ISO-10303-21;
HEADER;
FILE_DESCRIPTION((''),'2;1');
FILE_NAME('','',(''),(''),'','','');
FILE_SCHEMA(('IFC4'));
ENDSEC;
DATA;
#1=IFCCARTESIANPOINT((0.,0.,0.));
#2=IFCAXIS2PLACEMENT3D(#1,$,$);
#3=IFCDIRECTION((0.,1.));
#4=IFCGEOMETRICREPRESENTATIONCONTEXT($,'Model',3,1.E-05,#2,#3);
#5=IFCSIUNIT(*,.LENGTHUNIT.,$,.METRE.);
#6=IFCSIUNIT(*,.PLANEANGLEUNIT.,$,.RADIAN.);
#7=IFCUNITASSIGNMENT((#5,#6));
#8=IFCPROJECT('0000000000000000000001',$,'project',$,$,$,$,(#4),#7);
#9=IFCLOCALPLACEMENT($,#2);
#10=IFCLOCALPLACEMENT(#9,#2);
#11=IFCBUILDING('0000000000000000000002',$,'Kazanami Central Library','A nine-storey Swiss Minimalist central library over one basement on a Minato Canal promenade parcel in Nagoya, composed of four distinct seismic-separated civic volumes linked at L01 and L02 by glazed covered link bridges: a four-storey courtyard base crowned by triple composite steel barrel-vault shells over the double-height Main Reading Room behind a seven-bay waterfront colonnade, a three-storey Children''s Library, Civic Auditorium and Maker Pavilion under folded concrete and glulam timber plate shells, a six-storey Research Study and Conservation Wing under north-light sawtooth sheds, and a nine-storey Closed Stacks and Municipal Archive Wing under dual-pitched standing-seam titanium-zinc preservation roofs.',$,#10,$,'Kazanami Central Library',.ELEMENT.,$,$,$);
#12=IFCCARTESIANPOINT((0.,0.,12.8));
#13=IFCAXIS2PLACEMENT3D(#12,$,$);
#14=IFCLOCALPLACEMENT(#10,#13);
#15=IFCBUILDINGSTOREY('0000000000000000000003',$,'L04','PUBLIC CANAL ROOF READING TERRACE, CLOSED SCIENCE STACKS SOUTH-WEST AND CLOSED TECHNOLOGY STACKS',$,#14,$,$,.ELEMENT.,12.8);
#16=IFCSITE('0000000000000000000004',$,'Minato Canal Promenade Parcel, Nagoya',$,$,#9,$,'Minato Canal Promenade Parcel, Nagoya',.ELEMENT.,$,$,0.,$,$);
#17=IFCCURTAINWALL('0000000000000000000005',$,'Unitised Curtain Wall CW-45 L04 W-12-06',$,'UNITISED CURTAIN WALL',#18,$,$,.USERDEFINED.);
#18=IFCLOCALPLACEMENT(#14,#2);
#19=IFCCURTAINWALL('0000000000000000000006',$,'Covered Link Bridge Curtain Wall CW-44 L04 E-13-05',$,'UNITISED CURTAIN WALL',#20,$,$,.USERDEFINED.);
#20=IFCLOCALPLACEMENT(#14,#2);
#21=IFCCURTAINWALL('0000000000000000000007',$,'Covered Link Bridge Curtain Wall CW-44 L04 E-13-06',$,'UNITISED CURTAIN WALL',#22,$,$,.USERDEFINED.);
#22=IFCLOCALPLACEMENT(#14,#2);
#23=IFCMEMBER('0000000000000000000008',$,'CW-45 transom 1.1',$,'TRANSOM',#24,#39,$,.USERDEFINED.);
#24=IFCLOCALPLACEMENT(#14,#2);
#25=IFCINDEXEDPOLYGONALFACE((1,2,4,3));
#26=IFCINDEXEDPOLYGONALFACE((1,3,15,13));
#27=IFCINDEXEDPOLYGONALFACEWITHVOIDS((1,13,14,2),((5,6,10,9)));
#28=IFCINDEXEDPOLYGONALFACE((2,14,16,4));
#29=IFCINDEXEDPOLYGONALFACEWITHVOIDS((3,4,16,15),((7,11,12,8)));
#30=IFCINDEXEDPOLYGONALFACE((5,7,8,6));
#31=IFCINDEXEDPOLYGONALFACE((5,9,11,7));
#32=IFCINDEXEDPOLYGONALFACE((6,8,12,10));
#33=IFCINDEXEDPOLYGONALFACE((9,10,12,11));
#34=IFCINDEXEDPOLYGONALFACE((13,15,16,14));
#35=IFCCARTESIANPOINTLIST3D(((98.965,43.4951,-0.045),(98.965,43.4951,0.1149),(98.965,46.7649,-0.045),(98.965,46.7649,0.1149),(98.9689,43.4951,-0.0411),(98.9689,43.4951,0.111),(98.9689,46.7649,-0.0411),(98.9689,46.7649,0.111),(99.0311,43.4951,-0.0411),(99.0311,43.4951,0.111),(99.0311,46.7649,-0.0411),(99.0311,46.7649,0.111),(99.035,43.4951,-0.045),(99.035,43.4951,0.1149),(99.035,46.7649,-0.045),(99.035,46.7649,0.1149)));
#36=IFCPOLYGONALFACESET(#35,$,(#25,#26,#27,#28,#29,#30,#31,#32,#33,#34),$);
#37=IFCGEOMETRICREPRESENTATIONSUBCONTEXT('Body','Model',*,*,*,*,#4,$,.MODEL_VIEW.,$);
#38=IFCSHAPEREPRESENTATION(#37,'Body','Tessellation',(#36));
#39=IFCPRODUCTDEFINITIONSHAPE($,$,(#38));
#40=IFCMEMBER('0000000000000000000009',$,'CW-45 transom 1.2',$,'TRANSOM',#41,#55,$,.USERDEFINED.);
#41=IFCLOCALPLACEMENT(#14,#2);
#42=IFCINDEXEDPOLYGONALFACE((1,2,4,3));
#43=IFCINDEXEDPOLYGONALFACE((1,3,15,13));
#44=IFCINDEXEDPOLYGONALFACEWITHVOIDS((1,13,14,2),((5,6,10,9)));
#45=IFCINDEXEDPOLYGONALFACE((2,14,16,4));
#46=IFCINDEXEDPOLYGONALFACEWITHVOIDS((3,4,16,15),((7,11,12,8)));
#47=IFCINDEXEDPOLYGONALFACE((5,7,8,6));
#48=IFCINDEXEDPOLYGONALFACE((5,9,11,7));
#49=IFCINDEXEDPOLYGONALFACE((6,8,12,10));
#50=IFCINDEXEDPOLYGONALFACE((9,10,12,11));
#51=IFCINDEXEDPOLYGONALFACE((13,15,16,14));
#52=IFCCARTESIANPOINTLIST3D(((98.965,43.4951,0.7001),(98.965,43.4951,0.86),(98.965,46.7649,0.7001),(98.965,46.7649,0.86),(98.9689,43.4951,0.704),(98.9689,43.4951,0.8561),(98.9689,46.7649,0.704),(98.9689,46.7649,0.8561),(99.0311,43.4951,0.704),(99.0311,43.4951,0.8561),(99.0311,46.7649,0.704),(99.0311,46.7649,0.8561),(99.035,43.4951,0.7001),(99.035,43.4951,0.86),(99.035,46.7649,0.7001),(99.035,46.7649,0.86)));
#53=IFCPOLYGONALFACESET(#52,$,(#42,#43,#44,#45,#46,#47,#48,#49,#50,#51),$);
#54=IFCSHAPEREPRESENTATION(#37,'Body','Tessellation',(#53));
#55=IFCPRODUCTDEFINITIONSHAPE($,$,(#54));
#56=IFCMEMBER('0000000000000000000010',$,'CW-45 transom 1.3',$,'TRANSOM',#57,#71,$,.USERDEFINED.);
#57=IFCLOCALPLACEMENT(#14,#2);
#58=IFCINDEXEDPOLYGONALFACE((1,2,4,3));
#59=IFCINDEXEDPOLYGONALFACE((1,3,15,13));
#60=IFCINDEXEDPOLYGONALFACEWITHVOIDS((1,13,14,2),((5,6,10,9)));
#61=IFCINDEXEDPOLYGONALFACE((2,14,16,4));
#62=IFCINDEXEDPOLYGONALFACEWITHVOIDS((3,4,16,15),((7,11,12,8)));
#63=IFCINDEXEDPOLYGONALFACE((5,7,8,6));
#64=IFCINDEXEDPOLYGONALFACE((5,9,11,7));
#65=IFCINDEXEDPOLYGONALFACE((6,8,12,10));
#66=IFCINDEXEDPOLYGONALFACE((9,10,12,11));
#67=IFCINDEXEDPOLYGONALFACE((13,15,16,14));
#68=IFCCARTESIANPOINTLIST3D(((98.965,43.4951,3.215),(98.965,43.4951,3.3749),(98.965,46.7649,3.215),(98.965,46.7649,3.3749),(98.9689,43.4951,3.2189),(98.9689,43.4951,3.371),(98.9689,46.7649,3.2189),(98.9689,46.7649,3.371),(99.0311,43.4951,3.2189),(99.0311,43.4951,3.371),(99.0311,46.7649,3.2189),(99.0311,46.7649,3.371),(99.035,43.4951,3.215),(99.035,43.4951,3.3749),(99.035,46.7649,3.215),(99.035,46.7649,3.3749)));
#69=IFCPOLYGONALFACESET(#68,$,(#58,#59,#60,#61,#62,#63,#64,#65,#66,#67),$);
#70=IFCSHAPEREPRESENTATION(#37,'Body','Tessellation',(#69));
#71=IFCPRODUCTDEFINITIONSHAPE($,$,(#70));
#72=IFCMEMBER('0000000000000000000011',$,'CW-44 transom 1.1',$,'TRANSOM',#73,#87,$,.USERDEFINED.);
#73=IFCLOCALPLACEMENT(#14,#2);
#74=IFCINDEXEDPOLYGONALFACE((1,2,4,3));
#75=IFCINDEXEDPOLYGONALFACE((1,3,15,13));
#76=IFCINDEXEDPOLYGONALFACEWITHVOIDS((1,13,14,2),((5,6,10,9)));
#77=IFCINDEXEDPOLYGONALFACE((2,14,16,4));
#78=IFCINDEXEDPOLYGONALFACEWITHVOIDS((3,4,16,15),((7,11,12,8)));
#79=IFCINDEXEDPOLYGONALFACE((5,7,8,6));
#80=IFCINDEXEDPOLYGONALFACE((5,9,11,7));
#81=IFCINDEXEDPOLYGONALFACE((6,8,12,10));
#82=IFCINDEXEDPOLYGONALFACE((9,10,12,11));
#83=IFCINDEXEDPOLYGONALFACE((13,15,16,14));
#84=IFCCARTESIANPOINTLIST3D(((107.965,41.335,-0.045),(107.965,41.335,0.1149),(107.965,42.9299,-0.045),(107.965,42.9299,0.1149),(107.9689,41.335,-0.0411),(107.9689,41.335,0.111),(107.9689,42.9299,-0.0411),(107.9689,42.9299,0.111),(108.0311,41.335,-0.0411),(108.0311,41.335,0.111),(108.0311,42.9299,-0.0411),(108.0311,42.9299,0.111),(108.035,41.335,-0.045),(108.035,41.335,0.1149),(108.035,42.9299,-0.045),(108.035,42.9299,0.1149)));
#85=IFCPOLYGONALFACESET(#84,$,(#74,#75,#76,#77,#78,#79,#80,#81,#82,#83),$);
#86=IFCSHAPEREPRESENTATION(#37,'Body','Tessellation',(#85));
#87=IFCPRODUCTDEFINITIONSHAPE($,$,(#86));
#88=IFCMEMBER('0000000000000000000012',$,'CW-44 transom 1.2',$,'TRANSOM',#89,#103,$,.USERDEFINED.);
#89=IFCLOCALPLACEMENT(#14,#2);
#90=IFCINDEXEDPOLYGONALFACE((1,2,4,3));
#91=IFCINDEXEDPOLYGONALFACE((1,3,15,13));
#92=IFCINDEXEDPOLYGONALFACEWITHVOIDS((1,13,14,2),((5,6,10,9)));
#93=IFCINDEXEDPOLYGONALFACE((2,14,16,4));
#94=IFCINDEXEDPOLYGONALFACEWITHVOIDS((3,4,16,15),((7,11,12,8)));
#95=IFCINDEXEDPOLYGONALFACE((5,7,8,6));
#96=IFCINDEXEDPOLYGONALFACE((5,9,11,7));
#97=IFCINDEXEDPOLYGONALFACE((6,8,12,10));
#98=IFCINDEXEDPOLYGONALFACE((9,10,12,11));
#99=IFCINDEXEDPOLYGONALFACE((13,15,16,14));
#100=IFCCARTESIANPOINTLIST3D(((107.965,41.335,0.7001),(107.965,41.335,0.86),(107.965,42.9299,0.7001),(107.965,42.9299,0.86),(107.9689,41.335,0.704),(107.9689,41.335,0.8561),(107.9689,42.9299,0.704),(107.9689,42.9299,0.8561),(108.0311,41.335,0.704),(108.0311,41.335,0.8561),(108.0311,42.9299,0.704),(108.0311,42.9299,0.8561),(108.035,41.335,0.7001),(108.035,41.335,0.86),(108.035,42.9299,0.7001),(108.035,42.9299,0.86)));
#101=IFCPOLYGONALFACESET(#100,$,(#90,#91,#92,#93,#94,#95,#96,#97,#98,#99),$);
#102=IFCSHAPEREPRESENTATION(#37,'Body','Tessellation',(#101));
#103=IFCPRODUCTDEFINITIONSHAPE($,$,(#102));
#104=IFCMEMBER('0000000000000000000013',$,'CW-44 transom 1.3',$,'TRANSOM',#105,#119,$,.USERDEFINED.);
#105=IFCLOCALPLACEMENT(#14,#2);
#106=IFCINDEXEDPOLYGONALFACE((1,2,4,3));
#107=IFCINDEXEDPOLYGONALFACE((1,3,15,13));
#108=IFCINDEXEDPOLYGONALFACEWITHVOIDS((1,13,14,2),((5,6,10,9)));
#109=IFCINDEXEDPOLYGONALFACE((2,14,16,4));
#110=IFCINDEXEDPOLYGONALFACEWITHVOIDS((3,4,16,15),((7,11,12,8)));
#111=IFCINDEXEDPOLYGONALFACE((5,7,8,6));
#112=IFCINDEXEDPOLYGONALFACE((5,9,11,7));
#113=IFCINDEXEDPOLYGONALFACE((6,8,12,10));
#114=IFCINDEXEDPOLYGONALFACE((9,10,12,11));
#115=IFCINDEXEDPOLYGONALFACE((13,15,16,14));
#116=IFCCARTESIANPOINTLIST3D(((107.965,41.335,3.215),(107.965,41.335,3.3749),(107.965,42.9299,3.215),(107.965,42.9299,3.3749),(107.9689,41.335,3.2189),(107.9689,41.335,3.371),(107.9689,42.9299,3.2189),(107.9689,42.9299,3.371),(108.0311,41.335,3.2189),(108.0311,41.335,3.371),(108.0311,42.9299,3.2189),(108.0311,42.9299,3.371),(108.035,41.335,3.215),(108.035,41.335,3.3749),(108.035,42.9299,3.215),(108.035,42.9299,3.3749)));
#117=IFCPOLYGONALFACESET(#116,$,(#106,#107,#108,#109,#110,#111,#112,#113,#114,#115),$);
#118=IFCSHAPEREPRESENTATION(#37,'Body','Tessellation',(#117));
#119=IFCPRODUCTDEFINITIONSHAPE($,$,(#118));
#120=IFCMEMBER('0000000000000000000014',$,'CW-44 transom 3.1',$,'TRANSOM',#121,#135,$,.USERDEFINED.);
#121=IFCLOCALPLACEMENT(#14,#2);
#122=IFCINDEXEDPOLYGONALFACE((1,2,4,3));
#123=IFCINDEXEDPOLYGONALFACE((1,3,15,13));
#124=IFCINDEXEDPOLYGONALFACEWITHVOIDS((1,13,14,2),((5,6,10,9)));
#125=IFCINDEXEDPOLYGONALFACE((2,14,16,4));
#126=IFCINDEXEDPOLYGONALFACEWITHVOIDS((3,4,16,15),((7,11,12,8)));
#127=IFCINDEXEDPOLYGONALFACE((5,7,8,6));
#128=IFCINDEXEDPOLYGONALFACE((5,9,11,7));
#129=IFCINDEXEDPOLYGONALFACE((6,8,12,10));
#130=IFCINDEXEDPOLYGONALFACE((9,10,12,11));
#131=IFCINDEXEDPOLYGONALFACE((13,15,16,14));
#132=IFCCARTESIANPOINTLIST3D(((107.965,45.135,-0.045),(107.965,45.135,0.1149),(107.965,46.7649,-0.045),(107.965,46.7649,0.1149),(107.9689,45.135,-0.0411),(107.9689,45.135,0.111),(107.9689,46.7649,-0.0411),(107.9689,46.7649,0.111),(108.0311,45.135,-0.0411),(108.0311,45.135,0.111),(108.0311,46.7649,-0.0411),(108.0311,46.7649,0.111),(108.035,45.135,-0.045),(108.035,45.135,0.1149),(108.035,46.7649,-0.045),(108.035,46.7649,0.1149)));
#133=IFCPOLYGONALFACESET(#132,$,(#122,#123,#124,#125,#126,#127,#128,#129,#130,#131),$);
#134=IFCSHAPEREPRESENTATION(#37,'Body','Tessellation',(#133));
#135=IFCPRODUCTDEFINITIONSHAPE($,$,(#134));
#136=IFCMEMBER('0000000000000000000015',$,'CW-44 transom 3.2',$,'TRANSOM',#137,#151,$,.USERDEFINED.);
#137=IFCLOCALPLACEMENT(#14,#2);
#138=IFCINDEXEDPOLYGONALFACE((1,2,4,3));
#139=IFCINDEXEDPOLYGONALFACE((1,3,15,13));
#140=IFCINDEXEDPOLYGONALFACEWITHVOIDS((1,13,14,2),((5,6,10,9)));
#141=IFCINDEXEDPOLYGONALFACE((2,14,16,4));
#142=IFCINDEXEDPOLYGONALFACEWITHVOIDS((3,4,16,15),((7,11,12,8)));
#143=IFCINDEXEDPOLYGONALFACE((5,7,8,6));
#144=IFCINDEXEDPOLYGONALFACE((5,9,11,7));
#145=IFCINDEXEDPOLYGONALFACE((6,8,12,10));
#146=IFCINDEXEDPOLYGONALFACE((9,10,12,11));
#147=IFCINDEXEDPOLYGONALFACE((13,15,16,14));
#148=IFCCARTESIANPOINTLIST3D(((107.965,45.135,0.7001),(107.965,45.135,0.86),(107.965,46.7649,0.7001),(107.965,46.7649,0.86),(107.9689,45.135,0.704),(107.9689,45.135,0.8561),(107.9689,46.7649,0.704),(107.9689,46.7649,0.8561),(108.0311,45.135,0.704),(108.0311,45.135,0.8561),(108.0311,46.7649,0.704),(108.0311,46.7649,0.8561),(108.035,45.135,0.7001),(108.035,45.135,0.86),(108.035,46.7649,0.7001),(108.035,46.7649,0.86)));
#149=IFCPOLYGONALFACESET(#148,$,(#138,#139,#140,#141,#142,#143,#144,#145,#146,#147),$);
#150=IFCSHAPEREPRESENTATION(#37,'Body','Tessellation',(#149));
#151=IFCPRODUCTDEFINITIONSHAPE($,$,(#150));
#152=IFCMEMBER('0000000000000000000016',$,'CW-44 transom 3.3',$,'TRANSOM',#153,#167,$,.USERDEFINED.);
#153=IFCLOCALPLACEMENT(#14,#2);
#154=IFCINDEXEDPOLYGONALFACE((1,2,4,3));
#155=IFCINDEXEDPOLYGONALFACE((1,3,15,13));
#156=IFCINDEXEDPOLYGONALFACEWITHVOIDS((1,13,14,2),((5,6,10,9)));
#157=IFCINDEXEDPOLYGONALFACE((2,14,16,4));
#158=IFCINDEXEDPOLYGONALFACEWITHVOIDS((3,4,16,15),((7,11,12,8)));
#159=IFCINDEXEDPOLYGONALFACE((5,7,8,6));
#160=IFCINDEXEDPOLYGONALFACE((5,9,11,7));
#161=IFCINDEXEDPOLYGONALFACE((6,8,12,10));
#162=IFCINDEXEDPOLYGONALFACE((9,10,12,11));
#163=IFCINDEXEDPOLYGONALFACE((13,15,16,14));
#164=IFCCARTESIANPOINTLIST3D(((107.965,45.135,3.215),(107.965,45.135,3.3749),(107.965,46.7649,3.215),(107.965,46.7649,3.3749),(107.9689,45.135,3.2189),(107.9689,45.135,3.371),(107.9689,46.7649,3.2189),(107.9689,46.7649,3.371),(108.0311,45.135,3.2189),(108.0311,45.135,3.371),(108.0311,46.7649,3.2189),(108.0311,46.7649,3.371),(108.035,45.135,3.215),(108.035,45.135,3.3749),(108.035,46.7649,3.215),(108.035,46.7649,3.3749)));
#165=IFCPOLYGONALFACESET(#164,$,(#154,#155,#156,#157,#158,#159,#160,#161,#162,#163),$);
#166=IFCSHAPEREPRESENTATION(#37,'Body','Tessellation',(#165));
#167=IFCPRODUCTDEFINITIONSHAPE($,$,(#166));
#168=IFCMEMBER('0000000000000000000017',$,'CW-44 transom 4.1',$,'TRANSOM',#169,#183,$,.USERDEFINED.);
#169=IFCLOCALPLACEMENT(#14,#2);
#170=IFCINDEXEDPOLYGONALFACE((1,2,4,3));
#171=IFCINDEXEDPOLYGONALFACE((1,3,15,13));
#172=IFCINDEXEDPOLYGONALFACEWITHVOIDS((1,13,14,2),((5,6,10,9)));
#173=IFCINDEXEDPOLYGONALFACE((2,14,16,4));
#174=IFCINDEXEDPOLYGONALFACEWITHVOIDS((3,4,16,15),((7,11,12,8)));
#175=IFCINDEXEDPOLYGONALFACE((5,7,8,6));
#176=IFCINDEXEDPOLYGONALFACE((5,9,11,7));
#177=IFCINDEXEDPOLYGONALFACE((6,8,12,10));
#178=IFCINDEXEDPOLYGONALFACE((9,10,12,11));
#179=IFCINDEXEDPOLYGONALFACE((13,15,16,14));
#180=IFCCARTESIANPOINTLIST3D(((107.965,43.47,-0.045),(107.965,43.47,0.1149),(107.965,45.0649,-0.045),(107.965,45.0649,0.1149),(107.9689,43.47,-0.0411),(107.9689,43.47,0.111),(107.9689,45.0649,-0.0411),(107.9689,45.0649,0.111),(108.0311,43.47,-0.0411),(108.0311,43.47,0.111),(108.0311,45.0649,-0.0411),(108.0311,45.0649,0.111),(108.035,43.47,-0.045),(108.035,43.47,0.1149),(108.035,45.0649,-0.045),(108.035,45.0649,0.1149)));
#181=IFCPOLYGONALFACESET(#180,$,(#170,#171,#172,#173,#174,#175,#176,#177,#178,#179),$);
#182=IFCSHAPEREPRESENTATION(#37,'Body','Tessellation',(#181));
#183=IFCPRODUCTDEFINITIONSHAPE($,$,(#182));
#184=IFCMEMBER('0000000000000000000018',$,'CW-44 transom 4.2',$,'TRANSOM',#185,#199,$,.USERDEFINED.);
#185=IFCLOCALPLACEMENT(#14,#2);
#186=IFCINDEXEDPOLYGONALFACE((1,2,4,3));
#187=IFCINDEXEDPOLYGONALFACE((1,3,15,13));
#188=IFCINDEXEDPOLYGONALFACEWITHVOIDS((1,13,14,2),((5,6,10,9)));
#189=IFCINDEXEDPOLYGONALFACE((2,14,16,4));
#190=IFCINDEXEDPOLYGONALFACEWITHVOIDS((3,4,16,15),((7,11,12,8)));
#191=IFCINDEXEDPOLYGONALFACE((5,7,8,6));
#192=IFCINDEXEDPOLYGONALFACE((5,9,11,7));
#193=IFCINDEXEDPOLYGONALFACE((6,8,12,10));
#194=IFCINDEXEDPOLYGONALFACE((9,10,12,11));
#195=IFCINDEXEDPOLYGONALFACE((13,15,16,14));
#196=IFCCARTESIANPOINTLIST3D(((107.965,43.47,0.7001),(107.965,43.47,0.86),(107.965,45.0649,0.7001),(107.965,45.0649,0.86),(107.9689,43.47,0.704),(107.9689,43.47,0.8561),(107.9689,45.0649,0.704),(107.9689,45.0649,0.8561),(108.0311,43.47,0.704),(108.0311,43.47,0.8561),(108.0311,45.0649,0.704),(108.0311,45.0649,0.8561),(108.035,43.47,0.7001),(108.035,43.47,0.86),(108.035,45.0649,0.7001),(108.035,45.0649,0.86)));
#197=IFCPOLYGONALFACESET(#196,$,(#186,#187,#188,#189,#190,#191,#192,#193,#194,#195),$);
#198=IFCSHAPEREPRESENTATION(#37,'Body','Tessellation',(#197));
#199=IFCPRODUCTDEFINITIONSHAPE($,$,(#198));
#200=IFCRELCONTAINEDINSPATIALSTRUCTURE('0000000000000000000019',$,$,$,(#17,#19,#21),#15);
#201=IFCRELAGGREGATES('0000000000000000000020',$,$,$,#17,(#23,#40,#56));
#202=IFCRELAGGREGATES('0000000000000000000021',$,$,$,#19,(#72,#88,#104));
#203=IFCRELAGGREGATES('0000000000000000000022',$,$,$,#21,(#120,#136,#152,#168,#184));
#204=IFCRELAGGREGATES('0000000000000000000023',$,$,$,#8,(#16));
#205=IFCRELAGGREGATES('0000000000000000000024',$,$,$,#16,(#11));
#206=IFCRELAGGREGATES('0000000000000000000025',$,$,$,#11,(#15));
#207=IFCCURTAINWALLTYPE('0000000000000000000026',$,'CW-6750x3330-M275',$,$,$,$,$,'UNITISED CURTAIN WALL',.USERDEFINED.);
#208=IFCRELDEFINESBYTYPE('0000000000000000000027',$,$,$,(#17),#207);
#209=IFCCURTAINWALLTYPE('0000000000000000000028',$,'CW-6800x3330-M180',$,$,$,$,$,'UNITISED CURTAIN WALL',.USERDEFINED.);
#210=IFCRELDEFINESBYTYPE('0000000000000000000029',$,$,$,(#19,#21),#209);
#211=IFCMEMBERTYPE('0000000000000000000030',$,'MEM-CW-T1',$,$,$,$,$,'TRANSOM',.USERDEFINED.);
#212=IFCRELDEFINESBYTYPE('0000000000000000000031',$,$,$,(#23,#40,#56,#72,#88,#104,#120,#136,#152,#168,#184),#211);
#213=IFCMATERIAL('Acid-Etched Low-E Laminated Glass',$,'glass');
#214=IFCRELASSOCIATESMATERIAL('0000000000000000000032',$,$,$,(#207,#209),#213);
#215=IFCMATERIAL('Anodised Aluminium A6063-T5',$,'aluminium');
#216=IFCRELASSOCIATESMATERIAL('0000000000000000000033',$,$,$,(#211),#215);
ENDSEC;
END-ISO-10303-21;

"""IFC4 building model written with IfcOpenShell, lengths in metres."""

from ifc_helpers import new_model, si_unit, direction, frame, origin, origin_2d, place, context, subcontext, project, spatial, hollow_rectangle, extrude, material, material_profile, profile_set, type_object, element, aggregate, save


model = new_model("IFC4")

# Units and contexts
model_context = context("Model", 3, precision=1e-05, world=origin(), true_north=direction((0.0, 1.0)))
body_context = subcontext(model_context, "Body", "Model", "MODEL_VIEW")
ifc_project = project(units=[si_unit("LENGTHUNIT", "METRE"), si_unit("PLANEANGLEUNIT", "RADIAN")], contexts=[model_context])

# Site, building, storey
site_placement = place(None, origin())
site = spatial("IfcSite", under=ifc_project, at=site_placement, Name="Minato Canal Promenade Parcel, Nagoya", LongName="Minato Canal Promenade Parcel, Nagoya", CompositionType="ELEMENT", RefElevation=0.0)
building_placement = place(site_placement, origin())
building = spatial("IfcBuilding", under=site, at=building_placement, Name="Kazanami Central Library", Description="A nine-storey Swiss Minimalist central library over one basement on a Minato Canal promenade parcel in Nagoya, composed of four distinct seismic-separated civic volumes linked at L01 and L02 by glazed covered link bridges: a four-storey courtyard base crowned by triple composite steel barrel-vault shells over the double-height Main Reading Room behind a seven-bay waterfront colonnade, a three-storey Children's Library, Civic Auditorium and Maker Pavilion under folded concrete and glulam timber plate shells, a six-storey Research Study and Conservation Wing under north-light sawtooth sheds, and a nine-storey Closed Stacks and Municipal Archive Wing under dual-pitched standing-seam titanium-zinc preservation roofs.", LongName="Kazanami Central Library", CompositionType="ELEMENT")
storey_placement = place(building_placement, frame((0.0, 0.0, 12.8)))
storey = spatial("IfcBuildingStorey", under=building, at=storey_placement, Name="L04", Description="PUBLIC CANAL ROOF READING TERRACE, CLOSED SCIENCE STACKS SOUTH-WEST AND CLOSED TECHNOLOGY STACKS", CompositionType="ELEMENT", Elevation=12.8)

# Curtain walls
ifc_material_1 = material(Name="Acid-Etched Low-E Laminated Glass", Category="glass")
curtain_wall_type_1 = type_object("IfcCurtainWallType", Name="CW-6750x3330-M275", ElementType="UNITISED CURTAIN WALL", PredefinedType="USERDEFINED", material=ifc_material_1)
curtain_wall_1_placement = place(storey_placement, origin())
curtain_wall_1 = element("IfcCurtainWall", 1, at=curtain_wall_1_placement, inside=storey, type_object=curtain_wall_type_1, Name="Unitised Curtain Wall CW-45 L04 W-12-06", ObjectType="UNITISED CURTAIN WALL", PredefinedType="USERDEFINED")
ifc_material_2 = material(Name="Anodised Aluminium A6063-T5", Category="aluminium")
curtain_wall_type_2 = type_object("IfcCurtainWallType", Name="CW-6800x3330-M180", ElementType="UNITISED CURTAIN WALL", PredefinedType="USERDEFINED", material=ifc_material_1)
curtain_wall_2_placement = place(storey_placement, origin())
curtain_wall_2 = element("IfcCurtainWall", 2, at=curtain_wall_2_placement, inside=storey, type_object=curtain_wall_type_2, Name="Covered Link Bridge Curtain Wall CW-44 L04 E-13-05", ObjectType="UNITISED CURTAIN WALL", PredefinedType="USERDEFINED")

# Curtain wall
curtain_wall_3_placement = place(storey_placement, origin())
curtain_wall_3 = element("IfcCurtainWall", 3, at=curtain_wall_3_placement, inside=storey, type_object=curtain_wall_type_2, Name="Covered Link Bridge Curtain Wall CW-44 L04 E-13-06", ObjectType="UNITISED CURTAIN WALL", PredefinedType="USERDEFINED")

# Members
ifc_material_profile_1 = material_profile(ifc_material_2, hollow_rectangle(XDim=0.0701, YDim=0.1599, WallThickness=0.0039, at=origin_2d()), Name="ALU-TRAN-70x160x4")
ifc_profile_set_1 = profile_set([ifc_material_profile_1], Name="Anodised Aluminium A6063-T5")
member_type_1 = type_object("IfcMemberType", Name="MEM-CW-T1", ElementType="TRANSOM", PredefinedType="USERDEFINED", material=ifc_profile_set_1)
member_1_placement = place(storey_placement, frame((99.0, 43.4951, 0.0349), z_axis=(0.0, 1.0, 0.0), x_axis=(-1.0, 0.0, 0.0)))
member_1 = element("IfcMember", 4, at=member_1_placement, type_object=member_type_1, Name="CW-45 transom 1.1", ObjectType="TRANSOM", PredefinedType="USERDEFINED", context=body_context, shape_type="SweptSolid", body=[
    extrude(hollow_rectangle(XDim=0.0701, YDim=0.1599, WallThickness=0.0039, at=origin_2d()), origin(), (0.0, 0.0, 1.0), 3.2698),
])
member_2_placement = place(storey_placement, frame((99.0, 43.4951, 0.78), z_axis=(0.0, 1.0, 0.0), x_axis=(-1.0, 0.0, 0.0)))
member_2 = element("IfcMember", 5, at=member_2_placement, type_object=member_type_1, Name="CW-45 transom 1.2", ObjectType="TRANSOM", PredefinedType="USERDEFINED", context=body_context, shape_type="SweptSolid", body=[
    extrude(hollow_rectangle(XDim=0.0701, YDim=0.1599, WallThickness=0.0039, at=origin_2d()), origin(), (0.0, 0.0, 1.0), 3.2698),
])
member_3_placement = place(storey_placement, frame((99.0, 43.4951, 3.2949), z_axis=(0.0, 1.0, 0.0), x_axis=(-1.0, 0.0, 0.0)))
member_3 = element("IfcMember", 6, at=member_3_placement, type_object=member_type_1, Name="CW-45 transom 1.3", ObjectType="TRANSOM", PredefinedType="USERDEFINED", context=body_context, shape_type="SweptSolid", body=[
    extrude(hollow_rectangle(XDim=0.0701, YDim=0.1599, WallThickness=0.0039, at=origin_2d()), origin(), (0.0, 0.0, 1.0), 3.2698),
])
member_4_placement = place(storey_placement, frame((108.0, 42.9299, 0.0349), z_axis=(0.0, -1.0, 0.0), x_axis=(1.0, 0.0, 0.0)))
member_4 = element("IfcMember", 7, at=member_4_placement, type_object=member_type_1, Name="CW-44 transom 1.1", ObjectType="TRANSOM", PredefinedType="USERDEFINED", context=body_context, shape_type="SweptSolid", body=[
    extrude(hollow_rectangle(XDim=0.0701, YDim=0.1599, WallThickness=0.0039, at=origin_2d()), origin(), (0.0, 0.0, 1.0), 1.595),
])
member_5_placement = place(storey_placement, frame((108.0, 42.9299, 0.78), z_axis=(0.0, -1.0, 0.0), x_axis=(1.0, 0.0, 0.0)))
member_5 = element("IfcMember", 8, at=member_5_placement, type_object=member_type_1, Name="CW-44 transom 1.2", ObjectType="TRANSOM", PredefinedType="USERDEFINED", context=body_context, shape_type="SweptSolid", body=[
    extrude(hollow_rectangle(XDim=0.0701, YDim=0.1599, WallThickness=0.0039, at=origin_2d()), origin(), (0.0, 0.0, 1.0), 1.595),
])
member_6_placement = place(storey_placement, frame((108.0, 42.9299, 3.2949), z_axis=(0.0, -1.0, 0.0), x_axis=(1.0, 0.0, 0.0)))
member_6 = element("IfcMember", 9, at=member_6_placement, type_object=member_type_1, Name="CW-44 transom 1.3", ObjectType="TRANSOM", PredefinedType="USERDEFINED", context=body_context, shape_type="SweptSolid", body=[
    extrude(hollow_rectangle(XDim=0.0701, YDim=0.1599, WallThickness=0.0039, at=origin_2d()), origin(), (0.0, 0.0, 1.0), 1.595),
])
member_7_placement = place(storey_placement, frame((108.0, 46.7649, 0.0349), z_axis=(0.0, -1.0, 0.0), x_axis=(1.0, 0.0, 0.0)))
member_7 = element("IfcMember", 10, at=member_7_placement, type_object=member_type_1, Name="CW-44 transom 3.1", ObjectType="TRANSOM", PredefinedType="USERDEFINED", context=body_context, shape_type="SweptSolid", body=[
    extrude(hollow_rectangle(XDim=0.0701, YDim=0.1599, WallThickness=0.0039, at=origin_2d()), origin(), (0.0, 0.0, 1.0), 1.6299),
])
member_8_placement = place(storey_placement, frame((108.0, 46.7649, 0.78), z_axis=(0.0, -1.0, 0.0), x_axis=(1.0, 0.0, 0.0)))
member_8 = element("IfcMember", 11, at=member_8_placement, type_object=member_type_1, Name="CW-44 transom 3.2", ObjectType="TRANSOM", PredefinedType="USERDEFINED", context=body_context, shape_type="SweptSolid", body=[
    extrude(hollow_rectangle(XDim=0.0701, YDim=0.1599, WallThickness=0.0039, at=origin_2d()), origin(), (0.0, 0.0, 1.0), 1.6299),
])
member_9_placement = place(storey_placement, frame((108.0, 46.7649, 3.2949), z_axis=(0.0, -1.0, 0.0), x_axis=(1.0, 0.0, 0.0)))
member_9 = element("IfcMember", 12, at=member_9_placement, type_object=member_type_1, Name="CW-44 transom 3.3", ObjectType="TRANSOM", PredefinedType="USERDEFINED", context=body_context, shape_type="SweptSolid", body=[
    extrude(hollow_rectangle(XDim=0.0701, YDim=0.1599, WallThickness=0.0039, at=origin_2d()), origin(), (0.0, 0.0, 1.0), 1.6299),
])
member_10_placement = place(storey_placement, frame((108.0, 45.0649, 0.0349), z_axis=(0.0, -1.0, 0.0), x_axis=(1.0, 0.0, 0.0)))
member_10 = element("IfcMember", 13, at=member_10_placement, type_object=member_type_1, Name="CW-44 transom 4.1", ObjectType="TRANSOM", PredefinedType="USERDEFINED", context=body_context, shape_type="SweptSolid", body=[
    extrude(hollow_rectangle(XDim=0.0701, YDim=0.1599, WallThickness=0.0039, at=origin_2d()), origin(), (0.0, 0.0, 1.0), 1.595),
])
member_11_placement = place(storey_placement, frame((108.0, 45.0649, 0.78), z_axis=(0.0, -1.0, 0.0), x_axis=(1.0, 0.0, 0.0)))
member_11 = element("IfcMember", 14, at=member_11_placement, type_object=member_type_1, Name="CW-44 transom 4.2", ObjectType="TRANSOM", PredefinedType="USERDEFINED", context=body_context, shape_type="SweptSolid", body=[
    extrude(hollow_rectangle(XDim=0.0701, YDim=0.1599, WallThickness=0.0039, at=origin_2d()), origin(), (0.0, 0.0, 1.0), 1.595),
])

aggregate(curtain_wall_1, [member_1, member_2, member_3])
aggregate(curtain_wall_2, [member_4, member_5, member_6])
aggregate(curtain_wall_3, [member_7, member_8, member_9, member_10, member_11])

save(model, "model.ifc")
